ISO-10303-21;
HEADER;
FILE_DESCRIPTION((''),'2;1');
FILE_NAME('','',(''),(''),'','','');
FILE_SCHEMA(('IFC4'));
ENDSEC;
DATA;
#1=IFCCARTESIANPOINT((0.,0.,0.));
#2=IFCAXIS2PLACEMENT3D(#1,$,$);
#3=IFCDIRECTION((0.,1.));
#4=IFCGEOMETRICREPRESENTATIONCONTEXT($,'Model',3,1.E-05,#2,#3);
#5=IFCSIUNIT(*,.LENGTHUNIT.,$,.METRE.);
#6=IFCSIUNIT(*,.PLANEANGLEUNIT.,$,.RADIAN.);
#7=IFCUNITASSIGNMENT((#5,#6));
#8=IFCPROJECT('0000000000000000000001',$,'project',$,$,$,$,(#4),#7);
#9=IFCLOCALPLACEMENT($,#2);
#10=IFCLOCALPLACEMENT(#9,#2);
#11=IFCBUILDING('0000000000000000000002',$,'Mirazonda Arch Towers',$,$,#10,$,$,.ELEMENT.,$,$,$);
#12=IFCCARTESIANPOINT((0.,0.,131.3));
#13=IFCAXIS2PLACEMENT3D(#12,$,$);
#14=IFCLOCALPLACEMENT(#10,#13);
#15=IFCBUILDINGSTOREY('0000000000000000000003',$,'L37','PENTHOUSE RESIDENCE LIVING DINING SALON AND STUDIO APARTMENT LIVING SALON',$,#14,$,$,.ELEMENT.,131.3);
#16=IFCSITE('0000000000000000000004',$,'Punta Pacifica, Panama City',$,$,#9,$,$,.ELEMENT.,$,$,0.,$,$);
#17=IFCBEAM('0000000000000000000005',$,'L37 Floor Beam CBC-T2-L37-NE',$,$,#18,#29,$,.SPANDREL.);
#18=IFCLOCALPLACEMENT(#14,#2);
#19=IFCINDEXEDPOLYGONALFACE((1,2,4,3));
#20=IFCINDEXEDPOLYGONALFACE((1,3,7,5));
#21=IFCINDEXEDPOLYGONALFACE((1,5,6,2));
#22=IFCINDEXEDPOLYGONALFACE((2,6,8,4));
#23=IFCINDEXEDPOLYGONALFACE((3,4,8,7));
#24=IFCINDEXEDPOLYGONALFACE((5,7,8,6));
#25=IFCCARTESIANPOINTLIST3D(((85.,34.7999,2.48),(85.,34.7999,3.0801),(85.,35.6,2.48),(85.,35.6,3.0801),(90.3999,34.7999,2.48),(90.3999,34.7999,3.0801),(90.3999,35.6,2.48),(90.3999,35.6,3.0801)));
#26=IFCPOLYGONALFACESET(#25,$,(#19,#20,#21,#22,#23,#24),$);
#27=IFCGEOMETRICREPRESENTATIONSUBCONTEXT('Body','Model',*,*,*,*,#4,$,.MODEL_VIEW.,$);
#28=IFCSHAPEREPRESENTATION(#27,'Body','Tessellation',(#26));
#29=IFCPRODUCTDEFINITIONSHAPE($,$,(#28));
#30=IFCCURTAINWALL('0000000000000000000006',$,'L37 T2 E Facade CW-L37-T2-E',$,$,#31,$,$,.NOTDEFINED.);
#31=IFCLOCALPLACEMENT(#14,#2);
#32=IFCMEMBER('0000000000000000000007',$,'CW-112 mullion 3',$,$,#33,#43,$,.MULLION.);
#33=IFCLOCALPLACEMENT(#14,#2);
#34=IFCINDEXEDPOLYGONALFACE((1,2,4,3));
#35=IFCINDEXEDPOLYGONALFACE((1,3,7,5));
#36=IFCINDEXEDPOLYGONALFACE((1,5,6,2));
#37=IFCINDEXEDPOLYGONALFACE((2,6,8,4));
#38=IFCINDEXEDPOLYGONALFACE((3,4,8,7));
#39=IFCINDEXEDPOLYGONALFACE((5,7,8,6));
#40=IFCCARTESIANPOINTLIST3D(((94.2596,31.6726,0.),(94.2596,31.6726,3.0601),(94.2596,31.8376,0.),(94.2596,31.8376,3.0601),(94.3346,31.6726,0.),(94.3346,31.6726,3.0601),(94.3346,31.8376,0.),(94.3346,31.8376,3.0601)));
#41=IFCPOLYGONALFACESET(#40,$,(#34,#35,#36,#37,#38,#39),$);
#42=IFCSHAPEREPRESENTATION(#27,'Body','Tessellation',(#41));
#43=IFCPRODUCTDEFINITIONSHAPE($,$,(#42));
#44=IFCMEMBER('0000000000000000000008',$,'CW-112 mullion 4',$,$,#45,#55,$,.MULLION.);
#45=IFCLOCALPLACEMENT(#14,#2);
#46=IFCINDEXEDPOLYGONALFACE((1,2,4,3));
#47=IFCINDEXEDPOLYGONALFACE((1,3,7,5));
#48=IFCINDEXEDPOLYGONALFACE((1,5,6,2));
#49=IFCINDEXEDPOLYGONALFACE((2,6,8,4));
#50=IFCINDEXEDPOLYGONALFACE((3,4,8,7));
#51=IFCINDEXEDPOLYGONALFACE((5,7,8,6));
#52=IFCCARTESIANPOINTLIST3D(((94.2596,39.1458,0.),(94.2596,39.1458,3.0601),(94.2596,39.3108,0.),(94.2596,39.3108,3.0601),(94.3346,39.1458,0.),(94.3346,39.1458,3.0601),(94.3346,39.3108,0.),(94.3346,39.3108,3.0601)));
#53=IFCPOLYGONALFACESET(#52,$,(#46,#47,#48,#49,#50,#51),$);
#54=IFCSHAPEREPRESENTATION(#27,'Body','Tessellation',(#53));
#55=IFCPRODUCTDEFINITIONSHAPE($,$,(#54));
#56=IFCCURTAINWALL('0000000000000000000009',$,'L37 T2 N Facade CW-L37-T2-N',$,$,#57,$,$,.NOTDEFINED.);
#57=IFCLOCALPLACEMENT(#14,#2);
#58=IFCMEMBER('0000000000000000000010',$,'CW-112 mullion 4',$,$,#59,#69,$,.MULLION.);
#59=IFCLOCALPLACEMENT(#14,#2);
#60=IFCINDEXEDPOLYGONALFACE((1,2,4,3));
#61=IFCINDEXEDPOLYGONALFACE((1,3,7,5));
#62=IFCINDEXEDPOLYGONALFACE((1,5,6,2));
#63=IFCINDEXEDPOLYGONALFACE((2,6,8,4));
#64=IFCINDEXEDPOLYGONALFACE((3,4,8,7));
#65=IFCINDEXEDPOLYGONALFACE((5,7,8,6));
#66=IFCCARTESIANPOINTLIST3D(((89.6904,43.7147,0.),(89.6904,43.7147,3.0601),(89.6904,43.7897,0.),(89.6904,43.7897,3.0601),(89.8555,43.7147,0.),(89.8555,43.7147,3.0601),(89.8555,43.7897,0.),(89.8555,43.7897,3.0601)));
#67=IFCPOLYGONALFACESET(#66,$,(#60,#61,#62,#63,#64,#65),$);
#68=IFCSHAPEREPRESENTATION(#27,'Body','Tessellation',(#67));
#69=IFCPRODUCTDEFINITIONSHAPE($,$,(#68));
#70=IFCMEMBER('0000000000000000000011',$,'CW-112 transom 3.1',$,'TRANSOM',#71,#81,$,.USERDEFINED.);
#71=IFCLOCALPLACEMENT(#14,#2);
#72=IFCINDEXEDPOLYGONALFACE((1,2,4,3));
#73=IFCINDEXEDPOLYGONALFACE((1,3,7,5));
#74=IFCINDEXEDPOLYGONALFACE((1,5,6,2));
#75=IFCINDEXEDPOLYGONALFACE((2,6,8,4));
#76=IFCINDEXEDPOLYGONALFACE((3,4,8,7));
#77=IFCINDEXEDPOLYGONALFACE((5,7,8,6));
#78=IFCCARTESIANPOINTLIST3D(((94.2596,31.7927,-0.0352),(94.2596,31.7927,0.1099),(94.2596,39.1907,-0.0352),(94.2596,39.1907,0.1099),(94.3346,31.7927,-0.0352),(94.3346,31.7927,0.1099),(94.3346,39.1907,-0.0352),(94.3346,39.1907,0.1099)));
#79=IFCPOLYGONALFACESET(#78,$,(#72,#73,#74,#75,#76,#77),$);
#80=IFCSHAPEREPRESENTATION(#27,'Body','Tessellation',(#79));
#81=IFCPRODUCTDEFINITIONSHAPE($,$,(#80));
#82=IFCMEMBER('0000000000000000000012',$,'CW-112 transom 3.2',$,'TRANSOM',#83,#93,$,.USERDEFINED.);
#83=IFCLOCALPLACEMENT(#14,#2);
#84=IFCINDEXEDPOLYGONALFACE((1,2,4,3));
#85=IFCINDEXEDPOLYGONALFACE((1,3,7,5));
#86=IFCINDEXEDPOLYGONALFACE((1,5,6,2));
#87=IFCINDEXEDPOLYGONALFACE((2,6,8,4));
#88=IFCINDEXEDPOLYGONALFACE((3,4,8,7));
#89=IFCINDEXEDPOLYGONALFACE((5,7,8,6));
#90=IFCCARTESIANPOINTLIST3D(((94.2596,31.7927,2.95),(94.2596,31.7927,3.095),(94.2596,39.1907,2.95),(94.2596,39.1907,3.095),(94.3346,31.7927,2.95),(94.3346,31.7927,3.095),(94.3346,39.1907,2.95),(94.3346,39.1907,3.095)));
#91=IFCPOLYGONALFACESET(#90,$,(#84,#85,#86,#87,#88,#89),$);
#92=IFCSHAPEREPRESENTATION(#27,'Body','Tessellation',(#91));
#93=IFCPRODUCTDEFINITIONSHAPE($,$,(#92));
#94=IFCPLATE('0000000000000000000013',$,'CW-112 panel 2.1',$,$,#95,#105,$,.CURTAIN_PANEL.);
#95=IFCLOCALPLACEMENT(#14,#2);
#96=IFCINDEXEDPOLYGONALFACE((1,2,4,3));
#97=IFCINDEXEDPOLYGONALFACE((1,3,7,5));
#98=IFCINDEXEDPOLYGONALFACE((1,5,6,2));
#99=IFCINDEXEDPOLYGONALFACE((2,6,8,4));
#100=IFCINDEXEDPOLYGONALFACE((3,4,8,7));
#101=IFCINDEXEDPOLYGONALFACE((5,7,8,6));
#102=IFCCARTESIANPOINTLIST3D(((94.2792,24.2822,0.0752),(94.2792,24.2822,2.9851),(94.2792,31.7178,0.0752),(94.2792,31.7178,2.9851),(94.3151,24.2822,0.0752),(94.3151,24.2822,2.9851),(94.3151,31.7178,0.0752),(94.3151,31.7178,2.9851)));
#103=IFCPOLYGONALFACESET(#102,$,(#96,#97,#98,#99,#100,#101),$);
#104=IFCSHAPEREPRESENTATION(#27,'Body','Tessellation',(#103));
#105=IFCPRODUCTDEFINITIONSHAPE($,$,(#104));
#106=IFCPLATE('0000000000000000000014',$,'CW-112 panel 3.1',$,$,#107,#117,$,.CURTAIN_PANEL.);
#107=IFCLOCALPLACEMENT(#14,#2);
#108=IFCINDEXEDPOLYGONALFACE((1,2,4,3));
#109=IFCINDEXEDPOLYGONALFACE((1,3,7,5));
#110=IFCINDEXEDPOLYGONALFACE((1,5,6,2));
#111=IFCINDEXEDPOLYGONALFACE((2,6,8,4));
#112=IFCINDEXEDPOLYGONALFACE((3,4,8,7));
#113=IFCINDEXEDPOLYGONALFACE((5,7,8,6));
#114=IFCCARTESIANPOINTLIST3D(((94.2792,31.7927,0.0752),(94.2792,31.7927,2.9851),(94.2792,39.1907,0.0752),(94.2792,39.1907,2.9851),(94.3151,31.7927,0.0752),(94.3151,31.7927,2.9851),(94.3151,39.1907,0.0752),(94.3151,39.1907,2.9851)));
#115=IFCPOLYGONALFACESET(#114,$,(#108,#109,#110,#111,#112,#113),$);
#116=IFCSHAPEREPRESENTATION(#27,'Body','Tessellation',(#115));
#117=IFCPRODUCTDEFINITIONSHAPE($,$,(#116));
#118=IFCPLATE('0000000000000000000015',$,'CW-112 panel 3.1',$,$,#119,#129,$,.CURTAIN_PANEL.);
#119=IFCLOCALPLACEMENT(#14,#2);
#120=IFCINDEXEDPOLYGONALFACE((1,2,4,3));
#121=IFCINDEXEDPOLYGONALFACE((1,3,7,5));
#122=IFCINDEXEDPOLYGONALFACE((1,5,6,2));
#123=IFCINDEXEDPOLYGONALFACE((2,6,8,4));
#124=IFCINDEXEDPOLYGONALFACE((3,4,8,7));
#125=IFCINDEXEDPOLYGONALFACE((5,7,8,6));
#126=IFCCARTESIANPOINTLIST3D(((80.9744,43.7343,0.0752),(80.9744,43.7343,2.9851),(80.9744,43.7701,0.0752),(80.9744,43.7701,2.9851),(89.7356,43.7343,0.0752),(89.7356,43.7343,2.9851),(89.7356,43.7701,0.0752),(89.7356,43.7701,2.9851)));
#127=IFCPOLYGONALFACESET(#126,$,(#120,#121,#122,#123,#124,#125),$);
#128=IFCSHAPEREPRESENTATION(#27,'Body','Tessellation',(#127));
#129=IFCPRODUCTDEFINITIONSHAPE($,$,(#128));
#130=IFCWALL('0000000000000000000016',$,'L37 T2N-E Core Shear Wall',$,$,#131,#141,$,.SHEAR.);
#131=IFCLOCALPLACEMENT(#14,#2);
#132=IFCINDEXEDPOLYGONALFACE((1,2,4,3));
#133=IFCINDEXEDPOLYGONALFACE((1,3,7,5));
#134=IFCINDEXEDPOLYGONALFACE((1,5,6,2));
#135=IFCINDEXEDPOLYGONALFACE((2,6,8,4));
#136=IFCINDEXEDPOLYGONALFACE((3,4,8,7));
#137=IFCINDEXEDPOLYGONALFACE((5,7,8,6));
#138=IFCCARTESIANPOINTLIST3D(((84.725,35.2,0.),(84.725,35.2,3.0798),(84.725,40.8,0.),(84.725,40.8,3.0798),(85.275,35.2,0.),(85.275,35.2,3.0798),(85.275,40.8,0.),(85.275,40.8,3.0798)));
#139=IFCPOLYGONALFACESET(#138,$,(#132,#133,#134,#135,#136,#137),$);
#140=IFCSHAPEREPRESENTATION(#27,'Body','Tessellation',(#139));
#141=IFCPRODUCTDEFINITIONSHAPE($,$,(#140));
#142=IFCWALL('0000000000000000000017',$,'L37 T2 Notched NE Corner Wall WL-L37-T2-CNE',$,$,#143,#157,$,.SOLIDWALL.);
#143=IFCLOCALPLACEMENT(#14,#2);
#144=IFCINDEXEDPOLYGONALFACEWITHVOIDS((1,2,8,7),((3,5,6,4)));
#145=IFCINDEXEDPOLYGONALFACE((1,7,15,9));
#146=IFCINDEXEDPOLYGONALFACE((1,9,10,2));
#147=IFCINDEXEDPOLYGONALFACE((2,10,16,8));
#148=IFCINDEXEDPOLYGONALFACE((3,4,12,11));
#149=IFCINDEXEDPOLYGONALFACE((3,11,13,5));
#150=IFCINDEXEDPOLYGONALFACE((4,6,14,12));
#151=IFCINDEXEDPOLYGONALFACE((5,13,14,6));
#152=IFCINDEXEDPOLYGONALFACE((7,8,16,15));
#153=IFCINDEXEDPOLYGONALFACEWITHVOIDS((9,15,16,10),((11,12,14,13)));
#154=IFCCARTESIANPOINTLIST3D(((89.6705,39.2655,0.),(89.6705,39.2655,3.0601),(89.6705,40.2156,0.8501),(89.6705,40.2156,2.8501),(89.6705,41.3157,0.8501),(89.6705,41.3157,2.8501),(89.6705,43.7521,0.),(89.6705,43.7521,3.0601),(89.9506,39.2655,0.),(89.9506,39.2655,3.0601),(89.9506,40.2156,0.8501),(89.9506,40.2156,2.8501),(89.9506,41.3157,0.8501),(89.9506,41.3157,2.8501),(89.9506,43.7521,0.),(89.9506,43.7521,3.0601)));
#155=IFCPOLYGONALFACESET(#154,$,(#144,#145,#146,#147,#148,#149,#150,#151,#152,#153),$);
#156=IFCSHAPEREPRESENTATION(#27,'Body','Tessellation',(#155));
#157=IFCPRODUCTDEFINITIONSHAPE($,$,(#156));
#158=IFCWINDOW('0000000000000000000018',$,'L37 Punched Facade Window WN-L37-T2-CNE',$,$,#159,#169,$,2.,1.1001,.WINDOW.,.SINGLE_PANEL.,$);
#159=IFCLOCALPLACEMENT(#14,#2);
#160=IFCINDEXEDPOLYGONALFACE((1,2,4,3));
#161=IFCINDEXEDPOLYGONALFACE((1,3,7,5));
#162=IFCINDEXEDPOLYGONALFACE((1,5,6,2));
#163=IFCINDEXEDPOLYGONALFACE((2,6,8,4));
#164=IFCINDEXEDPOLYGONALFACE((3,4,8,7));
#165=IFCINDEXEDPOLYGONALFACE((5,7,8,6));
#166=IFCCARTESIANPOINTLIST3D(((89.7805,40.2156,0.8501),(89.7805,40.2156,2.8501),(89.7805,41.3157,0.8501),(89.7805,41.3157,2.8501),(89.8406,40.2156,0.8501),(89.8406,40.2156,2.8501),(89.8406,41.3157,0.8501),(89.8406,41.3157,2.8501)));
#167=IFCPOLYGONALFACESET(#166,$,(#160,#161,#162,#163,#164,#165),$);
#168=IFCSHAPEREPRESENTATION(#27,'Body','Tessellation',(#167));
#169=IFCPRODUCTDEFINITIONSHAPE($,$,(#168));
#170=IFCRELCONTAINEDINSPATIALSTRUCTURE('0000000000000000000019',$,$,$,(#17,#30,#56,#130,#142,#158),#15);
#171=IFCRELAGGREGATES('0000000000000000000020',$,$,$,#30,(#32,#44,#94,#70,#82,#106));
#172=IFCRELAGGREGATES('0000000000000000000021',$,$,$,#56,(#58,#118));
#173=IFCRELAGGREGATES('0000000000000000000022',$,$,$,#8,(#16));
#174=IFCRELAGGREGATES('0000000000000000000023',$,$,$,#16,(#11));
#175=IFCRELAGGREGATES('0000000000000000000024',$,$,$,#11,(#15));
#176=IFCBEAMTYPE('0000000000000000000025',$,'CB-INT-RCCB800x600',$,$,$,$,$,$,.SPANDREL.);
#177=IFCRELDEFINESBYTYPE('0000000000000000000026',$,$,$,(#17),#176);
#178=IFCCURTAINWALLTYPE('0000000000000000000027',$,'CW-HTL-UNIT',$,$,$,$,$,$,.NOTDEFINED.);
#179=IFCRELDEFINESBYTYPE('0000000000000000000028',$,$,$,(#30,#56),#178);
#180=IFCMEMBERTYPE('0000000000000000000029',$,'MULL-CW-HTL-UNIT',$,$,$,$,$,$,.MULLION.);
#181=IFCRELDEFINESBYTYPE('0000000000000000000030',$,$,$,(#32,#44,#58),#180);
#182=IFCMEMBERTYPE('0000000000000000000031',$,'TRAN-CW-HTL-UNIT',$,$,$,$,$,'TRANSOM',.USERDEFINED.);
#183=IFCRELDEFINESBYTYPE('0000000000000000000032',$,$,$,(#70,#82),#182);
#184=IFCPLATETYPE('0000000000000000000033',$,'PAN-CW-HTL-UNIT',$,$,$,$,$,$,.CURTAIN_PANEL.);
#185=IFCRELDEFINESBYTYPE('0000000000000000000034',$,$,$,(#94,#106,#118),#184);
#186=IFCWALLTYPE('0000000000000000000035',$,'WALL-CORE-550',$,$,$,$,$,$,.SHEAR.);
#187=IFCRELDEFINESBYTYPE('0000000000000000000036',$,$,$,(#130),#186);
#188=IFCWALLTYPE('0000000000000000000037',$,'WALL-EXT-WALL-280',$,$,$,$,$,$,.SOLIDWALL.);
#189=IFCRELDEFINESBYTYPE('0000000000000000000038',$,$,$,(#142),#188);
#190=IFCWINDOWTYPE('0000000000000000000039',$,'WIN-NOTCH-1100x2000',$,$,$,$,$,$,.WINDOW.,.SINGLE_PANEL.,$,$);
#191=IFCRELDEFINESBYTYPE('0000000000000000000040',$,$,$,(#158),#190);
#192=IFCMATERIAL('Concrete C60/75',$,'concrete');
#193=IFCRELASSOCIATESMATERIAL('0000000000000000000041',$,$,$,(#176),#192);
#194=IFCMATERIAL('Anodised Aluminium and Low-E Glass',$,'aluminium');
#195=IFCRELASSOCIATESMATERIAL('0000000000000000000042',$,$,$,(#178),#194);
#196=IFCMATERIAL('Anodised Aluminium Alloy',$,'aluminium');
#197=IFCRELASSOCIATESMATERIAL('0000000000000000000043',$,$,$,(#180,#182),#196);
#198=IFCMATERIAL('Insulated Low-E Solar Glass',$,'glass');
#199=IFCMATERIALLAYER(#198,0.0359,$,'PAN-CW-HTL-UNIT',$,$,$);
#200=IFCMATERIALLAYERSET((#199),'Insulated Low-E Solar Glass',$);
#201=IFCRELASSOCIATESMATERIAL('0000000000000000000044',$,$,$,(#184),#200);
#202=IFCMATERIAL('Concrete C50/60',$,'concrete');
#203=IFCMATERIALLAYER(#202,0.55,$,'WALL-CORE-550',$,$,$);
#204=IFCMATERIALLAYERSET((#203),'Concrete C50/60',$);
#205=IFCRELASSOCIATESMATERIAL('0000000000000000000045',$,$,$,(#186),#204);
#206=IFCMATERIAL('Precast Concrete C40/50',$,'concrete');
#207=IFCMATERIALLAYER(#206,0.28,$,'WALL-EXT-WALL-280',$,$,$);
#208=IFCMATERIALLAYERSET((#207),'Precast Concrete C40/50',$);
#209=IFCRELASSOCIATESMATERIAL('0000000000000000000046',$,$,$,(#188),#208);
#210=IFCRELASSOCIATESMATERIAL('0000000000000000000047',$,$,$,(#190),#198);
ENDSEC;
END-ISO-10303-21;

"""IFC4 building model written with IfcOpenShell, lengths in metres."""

from ifc_helpers import new_model, si_unit, direction, frame, frame_2d, origin, origin_2d, place, context, subcontext, project, spatial, rectangle, extrude, material, layer, layer_set, material_profile, profile_set, type_object, element, fill, aggregate, save


model = new_model("IFC4")

# Units and contexts
model_context = context("Model", 3, precision=1e-05, world=origin(), true_north=direction((0.0, 1.0)))
body_context = subcontext(model_context, "Body", "Model", "MODEL_VIEW")
ifc_project = project(units=[si_unit("LENGTHUNIT", "METRE"), si_unit("PLANEANGLEUNIT", "RADIAN")], contexts=[model_context])

# Site, building, storey
site_placement = place(None, origin())
site = spatial("IfcSite", under=ifc_project, at=site_placement, Name="Punta Pacifica, Panama City", CompositionType="ELEMENT", RefElevation=0.0)
building_placement = place(site_placement, origin())
building = spatial("IfcBuilding", under=site, at=building_placement, Name="Mirazonda Arch Towers", CompositionType="ELEMENT")
storey_placement = place(building_placement, frame((0.0, 0.0, 131.3)))
storey = spatial("IfcBuildingStorey", under=building, at=storey_placement, Name="L37", Description="PENTHOUSE RESIDENCE LIVING DINING SALON AND STUDIO APARTMENT LIVING SALON", CompositionType="ELEMENT", Elevation=131.3)

# Shared definitions
ifc_material_1 = material(Name="Concrete C50/60", Category="concrete")

# Beam
ifc_material_2 = material(Name="Concrete C60/75", Category="concrete")
ifc_material_profile_1 = material_profile(ifc_material_2, rectangle(XDim=0.8, YDim=0.6001, at=origin_2d()), Name="RCCB800x600")
ifc_profile_set_1 = profile_set([ifc_material_profile_1], Name="Concrete C60/75")
beam_type_1 = type_object("IfcBeamType", Name="CB-INT-RCCB800x600", PredefinedType="SPANDREL", material=ifc_profile_set_1)
beam_1_placement = place(storey_placement, frame((85.0, 35.2, 2.78), z_axis=(1.0, 0.0, 0.0), x_axis=(0.0, 1.0, 0.0)))
element("IfcBeam", 1, at=beam_1_placement, inside=storey, type_object=beam_type_1, Name="L37 Floor Beam CBC-T2-L37-NE", PredefinedType="SPANDREL", context=body_context, shape_type="SweptSolid", body=[
    extrude(rectangle(XDim=0.8, YDim=0.6001, at=origin_2d()), origin(), (0.0, 0.0, 1.0), 5.3999),
])

# Curtain wall, members
ifc_material_3 = material(Name="Anodised Aluminium and Low-E Glass", Category="aluminium")
curtain_wall_type = type_object("IfcCurtainWallType", Name="CW-HTL-UNIT", PredefinedType="NOTDEFINED", material=ifc_material_3)
curtain_wall_1_placement = place(storey_placement, origin())
curtain_wall_1 = element("IfcCurtainWall", 2, at=curtain_wall_1_placement, inside=storey, type_object=curtain_wall_type, Name="L37 T2 E Facade CW-L37-T2-E", PredefinedType="NOTDEFINED")
ifc_material_4 = material(Name="Anodised Aluminium Alloy", Category="aluminium")
ifc_material_profile_2 = material_profile(ifc_material_4, rectangle(XDim=0.075, YDim=0.165, at=origin_2d()), Name="ALU-MULL-75x165")
ifc_profile_set_2 = profile_set([ifc_material_profile_2], Name="Anodised Aluminium Alloy")
member_type_1 = type_object("IfcMemberType", Name="MULL-CW-HTL-UNIT", PredefinedType="MULLION", material=ifc_profile_set_2)
member_1_placement = place(storey_placement, frame((94.2971, 31.7551, 0.0), z_axis=(0.0, 0.0, 1.0), x_axis=(-1.0, 0.0, 0.0)))
member_1 = element("IfcMember", 3, at=member_1_placement, type_object=member_type_1, Name="CW-112 mullion 3", PredefinedType="MULLION", context=body_context, shape_type="SweptSolid", body=[
    extrude(rectangle(XDim=0.075, YDim=0.165, at=origin_2d()), origin(), (0.0, 0.0, 1.0), 3.0601),
])
member_2_placement = place(storey_placement, frame((94.2971, 39.2283, 0.0), z_axis=(0.0, 0.0, 1.0), x_axis=(-1.0, 0.0, 0.0)))
member_2 = element("IfcMember", 4, at=member_2_placement, type_object=member_type_1, Name="CW-112 mullion 4", PredefinedType="MULLION", context=body_context, shape_type="SweptSolid", body=[
    extrude(rectangle(XDim=0.075, YDim=0.165, at=origin_2d()), origin(), (0.0, 0.0, 1.0), 3.0601),
])

# Curtain wall, member
curtain_wall_2_placement = place(storey_placement, origin())
curtain_wall_2 = element("IfcCurtainWall", 5, at=curtain_wall_2_placement, inside=storey, type_object=curtain_wall_type, Name="L37 T2 N Facade CW-L37-T2-N", PredefinedType="NOTDEFINED")
member_3_placement = place(storey_placement, frame((89.7729, 43.7522, 0.0), z_axis=(0.0, 0.0, 1.0), x_axis=(0.0, 1.0, 0.0)))
member_3 = element("IfcMember", 6, at=member_3_placement, type_object=member_type_1, Name="CW-112 mullion 4", PredefinedType="MULLION", context=body_context, shape_type="SweptSolid", body=[
    extrude(rectangle(XDim=0.075, YDim=0.165, at=origin_2d()), origin(), (0.0, 0.0, 1.0), 3.0601),
])

# Members
ifc_material_profile_3 = material_profile(ifc_material_4, rectangle(XDim=0.075, YDim=0.145, at=origin_2d()), Name="ALU-TRAN-75x145")
ifc_profile_set_3 = profile_set([ifc_material_profile_3], Name="Anodised Aluminium Alloy")
member_type_2 = type_object("IfcMemberType", Name="TRAN-CW-HTL-UNIT", ElementType="TRANSOM", PredefinedType="USERDEFINED", material=ifc_profile_set_3)
member_4_placement = place(storey_placement, frame((94.2971, 31.7927, 0.0374), z_axis=(0.0, 1.0, 0.0), x_axis=(-1.0, 0.0, 0.0)))
member_4 = element("IfcMember", 7, at=member_4_placement, type_object=member_type_2, Name="CW-112 transom 3.1", ObjectType="TRANSOM", PredefinedType="USERDEFINED", context=body_context, shape_type="SweptSolid", body=[
    extrude(rectangle(XDim=0.075, YDim=0.145, at=origin_2d()), origin(), (0.0, 0.0, 1.0), 7.3979),
])
member_5_placement = place(storey_placement, frame((94.2971, 31.7927, 3.0225), z_axis=(0.0, 1.0, 0.0), x_axis=(-1.0, 0.0, 0.0)))
member_5 = element("IfcMember", 8, at=member_5_placement, type_object=member_type_2, Name="CW-112 transom 3.2", ObjectType="TRANSOM", PredefinedType="USERDEFINED", context=body_context, shape_type="SweptSolid", body=[
    extrude(rectangle(XDim=0.075, YDim=0.145, at=origin_2d()), origin(), (0.0, 0.0, 1.0), 7.3979),
])

# Plates
ifc_material_5 = material(Name="Insulated Low-E Solar Glass", Category="glass")
ifc_layer_1 = layer(ifc_material_5, 0.0359, Name="PAN-CW-HTL-UNIT")
ifc_layer_set_1 = layer_set([ifc_layer_1], Name="Insulated Low-E Solar Glass")
plate_type = type_object("IfcPlateType", Name="PAN-CW-HTL-UNIT", PredefinedType="CURTAIN_PANEL", material=ifc_layer_set_1)
plate_1_placement = place(storey_placement, frame((94.2971, 28.0, 0.0752), z_axis=(0.0, 0.0, 1.0), x_axis=(0.0, 1.0, 0.0)))
plate_1 = element("IfcPlate", 9, at=plate_1_placement, type_object=plate_type, Name="CW-112 panel 2.1", PredefinedType="CURTAIN_PANEL", context=body_context, shape_type="SweptSolid", body=[
    extrude(rectangle(XDim=7.4355, YDim=0.0359, at=origin_2d()), origin(), (0.0, 0.0, 1.0), 2.9099),
])
plate_2_placement = place(storey_placement, frame((94.2971, 35.4917, 0.0752), z_axis=(0.0, 0.0, 1.0), x_axis=(0.0, 1.0, 0.0)))
plate_2 = element("IfcPlate", 10, at=plate_2_placement, type_object=plate_type, Name="CW-112 panel 3.1", PredefinedType="CURTAIN_PANEL", context=body_context, shape_type="SweptSolid", body=[
    extrude(rectangle(XDim=7.3979, YDim=0.0359, at=origin_2d()), origin(), (0.0, 0.0, 1.0), 2.9099),
])
aggregate(curtain_wall_1, [member_1, member_2, plate_1, member_4, member_5, plate_2])
plate_3_placement = place(storey_placement, frame((85.355, 43.7522, 0.0752), z_axis=(0.0, 0.0, 1.0), x_axis=(1.0, 0.0, 0.0)))
plate_3 = element("IfcPlate", 11, at=plate_3_placement, type_object=plate_type, Name="CW-112 panel 3.1", PredefinedType="CURTAIN_PANEL", context=body_context, shape_type="SweptSolid", body=[
    extrude(rectangle(XDim=8.7612, YDim=0.0359, at=origin_2d()), origin(), (0.0, 0.0, 1.0), 2.9099),
])
aggregate(curtain_wall_2, [member_3, plate_3])

# Wall
ifc_layer_2 = layer(ifc_material_1, 0.55, Name="WALL-CORE-550")
ifc_layer_set_2 = layer_set([ifc_layer_2], Name="Concrete C50/60")
wall_type_1 = type_object("IfcWallType", Name="WALL-CORE-550", PredefinedType="SHEAR", material=ifc_layer_set_2)
wall_1_placement = place(storey_placement, frame((85.0, 35.2, 0.0), z_axis=(0.0, 0.0, 1.0), x_axis=(0.0, 1.0, 0.0)))
element("IfcWall", 12, at=wall_1_placement, inside=storey, type_object=wall_type_1, Name="L37 T2N-E Core Shear Wall", PredefinedType="SHEAR", context=body_context, shape_type="SweptSolid", body=[
    extrude(rectangle(XDim=5.6001, YDim=0.55, at=frame_2d((2.8, 0.0))), origin(), (0.0, 0.0, 1.0), 3.0798),
])

# Wall, opening, window
ifc_material_6 = material(Name="Precast Concrete C40/50", Category="concrete")
ifc_layer_3 = layer(ifc_material_6, 0.28, Name="WALL-EXT-WALL-280")
ifc_layer_set_3 = layer_set([ifc_layer_3], Name="Precast Concrete C40/50")
wall_type_2 = type_object("IfcWallType", Name="WALL-EXT-WALL-280", PredefinedType="SOLIDWALL", material=ifc_layer_set_3)
wall_2_placement = place(storey_placement, frame((89.8105, 39.2656, 0.0), z_axis=(0.0, 0.0, 1.0), x_axis=(0.0, 1.0, 0.0)))
wall_2 = element("IfcWall", 13, at=wall_2_placement, inside=storey, type_object=wall_type_2, Name="L37 T2 Notched NE Corner Wall WL-L37-T2-CNE", PredefinedType="SOLIDWALL", context=body_context, shape_type="SweptSolid", body=[
    extrude(rectangle(XDim=4.4866, YDim=0.28, at=frame_2d((2.2432, 0.0))), origin(), (0.0, 0.0, 1.0), 3.0601),
])
opening_1_placement = place(wall_2_placement, frame((0.95, 0.0, 0.8501)))
opening_1 = element("IfcOpeningElement", 14, at=opening_1_placement, cuts=wall_2, PredefinedType="OPENING", context=body_context, shape_type="SweptSolid", body=[
    extrude(rectangle(XDim=1.1001, YDim=2.0, at=frame_2d((0.55, 1.0))), frame((0.0, 0.1499, 0.0), z_axis=(0.0, -1.0, 0.0), x_axis=(1.0, 0.0, 0.0)), (0.0, 0.0, 1.0), 0.3),
])
window_type = type_object("IfcWindowType", Name="WIN-NOTCH-1100x2000", PartitioningType="SINGLE_PANEL", PredefinedType="WINDOW", material=ifc_material_5)
window_1_placement = place(opening_1_placement, origin())
window_1 = element("IfcWindow", 15, at=window_1_placement, inside=storey, type_object=window_type, Name="L37 Punched Facade Window WN-L37-T2-CNE", OverallHeight=2.0, OverallWidth=1.1001, PartitioningType="SINGLE_PANEL", PredefinedType="WINDOW", context=body_context, shape_type="SweptSolid", body=[
    extrude(rectangle(XDim=1.1001, YDim=2.0, at=frame_2d((0.55, 1.0))), frame((0.0, 0.03, 0.0), z_axis=(0.0, -1.0, 0.0), x_axis=(1.0, 0.0, 0.0)), (0.0, 0.0, 1.0), 0.0601),
])
fill(opening_1, window_1)

save(model, "model.ifc")
